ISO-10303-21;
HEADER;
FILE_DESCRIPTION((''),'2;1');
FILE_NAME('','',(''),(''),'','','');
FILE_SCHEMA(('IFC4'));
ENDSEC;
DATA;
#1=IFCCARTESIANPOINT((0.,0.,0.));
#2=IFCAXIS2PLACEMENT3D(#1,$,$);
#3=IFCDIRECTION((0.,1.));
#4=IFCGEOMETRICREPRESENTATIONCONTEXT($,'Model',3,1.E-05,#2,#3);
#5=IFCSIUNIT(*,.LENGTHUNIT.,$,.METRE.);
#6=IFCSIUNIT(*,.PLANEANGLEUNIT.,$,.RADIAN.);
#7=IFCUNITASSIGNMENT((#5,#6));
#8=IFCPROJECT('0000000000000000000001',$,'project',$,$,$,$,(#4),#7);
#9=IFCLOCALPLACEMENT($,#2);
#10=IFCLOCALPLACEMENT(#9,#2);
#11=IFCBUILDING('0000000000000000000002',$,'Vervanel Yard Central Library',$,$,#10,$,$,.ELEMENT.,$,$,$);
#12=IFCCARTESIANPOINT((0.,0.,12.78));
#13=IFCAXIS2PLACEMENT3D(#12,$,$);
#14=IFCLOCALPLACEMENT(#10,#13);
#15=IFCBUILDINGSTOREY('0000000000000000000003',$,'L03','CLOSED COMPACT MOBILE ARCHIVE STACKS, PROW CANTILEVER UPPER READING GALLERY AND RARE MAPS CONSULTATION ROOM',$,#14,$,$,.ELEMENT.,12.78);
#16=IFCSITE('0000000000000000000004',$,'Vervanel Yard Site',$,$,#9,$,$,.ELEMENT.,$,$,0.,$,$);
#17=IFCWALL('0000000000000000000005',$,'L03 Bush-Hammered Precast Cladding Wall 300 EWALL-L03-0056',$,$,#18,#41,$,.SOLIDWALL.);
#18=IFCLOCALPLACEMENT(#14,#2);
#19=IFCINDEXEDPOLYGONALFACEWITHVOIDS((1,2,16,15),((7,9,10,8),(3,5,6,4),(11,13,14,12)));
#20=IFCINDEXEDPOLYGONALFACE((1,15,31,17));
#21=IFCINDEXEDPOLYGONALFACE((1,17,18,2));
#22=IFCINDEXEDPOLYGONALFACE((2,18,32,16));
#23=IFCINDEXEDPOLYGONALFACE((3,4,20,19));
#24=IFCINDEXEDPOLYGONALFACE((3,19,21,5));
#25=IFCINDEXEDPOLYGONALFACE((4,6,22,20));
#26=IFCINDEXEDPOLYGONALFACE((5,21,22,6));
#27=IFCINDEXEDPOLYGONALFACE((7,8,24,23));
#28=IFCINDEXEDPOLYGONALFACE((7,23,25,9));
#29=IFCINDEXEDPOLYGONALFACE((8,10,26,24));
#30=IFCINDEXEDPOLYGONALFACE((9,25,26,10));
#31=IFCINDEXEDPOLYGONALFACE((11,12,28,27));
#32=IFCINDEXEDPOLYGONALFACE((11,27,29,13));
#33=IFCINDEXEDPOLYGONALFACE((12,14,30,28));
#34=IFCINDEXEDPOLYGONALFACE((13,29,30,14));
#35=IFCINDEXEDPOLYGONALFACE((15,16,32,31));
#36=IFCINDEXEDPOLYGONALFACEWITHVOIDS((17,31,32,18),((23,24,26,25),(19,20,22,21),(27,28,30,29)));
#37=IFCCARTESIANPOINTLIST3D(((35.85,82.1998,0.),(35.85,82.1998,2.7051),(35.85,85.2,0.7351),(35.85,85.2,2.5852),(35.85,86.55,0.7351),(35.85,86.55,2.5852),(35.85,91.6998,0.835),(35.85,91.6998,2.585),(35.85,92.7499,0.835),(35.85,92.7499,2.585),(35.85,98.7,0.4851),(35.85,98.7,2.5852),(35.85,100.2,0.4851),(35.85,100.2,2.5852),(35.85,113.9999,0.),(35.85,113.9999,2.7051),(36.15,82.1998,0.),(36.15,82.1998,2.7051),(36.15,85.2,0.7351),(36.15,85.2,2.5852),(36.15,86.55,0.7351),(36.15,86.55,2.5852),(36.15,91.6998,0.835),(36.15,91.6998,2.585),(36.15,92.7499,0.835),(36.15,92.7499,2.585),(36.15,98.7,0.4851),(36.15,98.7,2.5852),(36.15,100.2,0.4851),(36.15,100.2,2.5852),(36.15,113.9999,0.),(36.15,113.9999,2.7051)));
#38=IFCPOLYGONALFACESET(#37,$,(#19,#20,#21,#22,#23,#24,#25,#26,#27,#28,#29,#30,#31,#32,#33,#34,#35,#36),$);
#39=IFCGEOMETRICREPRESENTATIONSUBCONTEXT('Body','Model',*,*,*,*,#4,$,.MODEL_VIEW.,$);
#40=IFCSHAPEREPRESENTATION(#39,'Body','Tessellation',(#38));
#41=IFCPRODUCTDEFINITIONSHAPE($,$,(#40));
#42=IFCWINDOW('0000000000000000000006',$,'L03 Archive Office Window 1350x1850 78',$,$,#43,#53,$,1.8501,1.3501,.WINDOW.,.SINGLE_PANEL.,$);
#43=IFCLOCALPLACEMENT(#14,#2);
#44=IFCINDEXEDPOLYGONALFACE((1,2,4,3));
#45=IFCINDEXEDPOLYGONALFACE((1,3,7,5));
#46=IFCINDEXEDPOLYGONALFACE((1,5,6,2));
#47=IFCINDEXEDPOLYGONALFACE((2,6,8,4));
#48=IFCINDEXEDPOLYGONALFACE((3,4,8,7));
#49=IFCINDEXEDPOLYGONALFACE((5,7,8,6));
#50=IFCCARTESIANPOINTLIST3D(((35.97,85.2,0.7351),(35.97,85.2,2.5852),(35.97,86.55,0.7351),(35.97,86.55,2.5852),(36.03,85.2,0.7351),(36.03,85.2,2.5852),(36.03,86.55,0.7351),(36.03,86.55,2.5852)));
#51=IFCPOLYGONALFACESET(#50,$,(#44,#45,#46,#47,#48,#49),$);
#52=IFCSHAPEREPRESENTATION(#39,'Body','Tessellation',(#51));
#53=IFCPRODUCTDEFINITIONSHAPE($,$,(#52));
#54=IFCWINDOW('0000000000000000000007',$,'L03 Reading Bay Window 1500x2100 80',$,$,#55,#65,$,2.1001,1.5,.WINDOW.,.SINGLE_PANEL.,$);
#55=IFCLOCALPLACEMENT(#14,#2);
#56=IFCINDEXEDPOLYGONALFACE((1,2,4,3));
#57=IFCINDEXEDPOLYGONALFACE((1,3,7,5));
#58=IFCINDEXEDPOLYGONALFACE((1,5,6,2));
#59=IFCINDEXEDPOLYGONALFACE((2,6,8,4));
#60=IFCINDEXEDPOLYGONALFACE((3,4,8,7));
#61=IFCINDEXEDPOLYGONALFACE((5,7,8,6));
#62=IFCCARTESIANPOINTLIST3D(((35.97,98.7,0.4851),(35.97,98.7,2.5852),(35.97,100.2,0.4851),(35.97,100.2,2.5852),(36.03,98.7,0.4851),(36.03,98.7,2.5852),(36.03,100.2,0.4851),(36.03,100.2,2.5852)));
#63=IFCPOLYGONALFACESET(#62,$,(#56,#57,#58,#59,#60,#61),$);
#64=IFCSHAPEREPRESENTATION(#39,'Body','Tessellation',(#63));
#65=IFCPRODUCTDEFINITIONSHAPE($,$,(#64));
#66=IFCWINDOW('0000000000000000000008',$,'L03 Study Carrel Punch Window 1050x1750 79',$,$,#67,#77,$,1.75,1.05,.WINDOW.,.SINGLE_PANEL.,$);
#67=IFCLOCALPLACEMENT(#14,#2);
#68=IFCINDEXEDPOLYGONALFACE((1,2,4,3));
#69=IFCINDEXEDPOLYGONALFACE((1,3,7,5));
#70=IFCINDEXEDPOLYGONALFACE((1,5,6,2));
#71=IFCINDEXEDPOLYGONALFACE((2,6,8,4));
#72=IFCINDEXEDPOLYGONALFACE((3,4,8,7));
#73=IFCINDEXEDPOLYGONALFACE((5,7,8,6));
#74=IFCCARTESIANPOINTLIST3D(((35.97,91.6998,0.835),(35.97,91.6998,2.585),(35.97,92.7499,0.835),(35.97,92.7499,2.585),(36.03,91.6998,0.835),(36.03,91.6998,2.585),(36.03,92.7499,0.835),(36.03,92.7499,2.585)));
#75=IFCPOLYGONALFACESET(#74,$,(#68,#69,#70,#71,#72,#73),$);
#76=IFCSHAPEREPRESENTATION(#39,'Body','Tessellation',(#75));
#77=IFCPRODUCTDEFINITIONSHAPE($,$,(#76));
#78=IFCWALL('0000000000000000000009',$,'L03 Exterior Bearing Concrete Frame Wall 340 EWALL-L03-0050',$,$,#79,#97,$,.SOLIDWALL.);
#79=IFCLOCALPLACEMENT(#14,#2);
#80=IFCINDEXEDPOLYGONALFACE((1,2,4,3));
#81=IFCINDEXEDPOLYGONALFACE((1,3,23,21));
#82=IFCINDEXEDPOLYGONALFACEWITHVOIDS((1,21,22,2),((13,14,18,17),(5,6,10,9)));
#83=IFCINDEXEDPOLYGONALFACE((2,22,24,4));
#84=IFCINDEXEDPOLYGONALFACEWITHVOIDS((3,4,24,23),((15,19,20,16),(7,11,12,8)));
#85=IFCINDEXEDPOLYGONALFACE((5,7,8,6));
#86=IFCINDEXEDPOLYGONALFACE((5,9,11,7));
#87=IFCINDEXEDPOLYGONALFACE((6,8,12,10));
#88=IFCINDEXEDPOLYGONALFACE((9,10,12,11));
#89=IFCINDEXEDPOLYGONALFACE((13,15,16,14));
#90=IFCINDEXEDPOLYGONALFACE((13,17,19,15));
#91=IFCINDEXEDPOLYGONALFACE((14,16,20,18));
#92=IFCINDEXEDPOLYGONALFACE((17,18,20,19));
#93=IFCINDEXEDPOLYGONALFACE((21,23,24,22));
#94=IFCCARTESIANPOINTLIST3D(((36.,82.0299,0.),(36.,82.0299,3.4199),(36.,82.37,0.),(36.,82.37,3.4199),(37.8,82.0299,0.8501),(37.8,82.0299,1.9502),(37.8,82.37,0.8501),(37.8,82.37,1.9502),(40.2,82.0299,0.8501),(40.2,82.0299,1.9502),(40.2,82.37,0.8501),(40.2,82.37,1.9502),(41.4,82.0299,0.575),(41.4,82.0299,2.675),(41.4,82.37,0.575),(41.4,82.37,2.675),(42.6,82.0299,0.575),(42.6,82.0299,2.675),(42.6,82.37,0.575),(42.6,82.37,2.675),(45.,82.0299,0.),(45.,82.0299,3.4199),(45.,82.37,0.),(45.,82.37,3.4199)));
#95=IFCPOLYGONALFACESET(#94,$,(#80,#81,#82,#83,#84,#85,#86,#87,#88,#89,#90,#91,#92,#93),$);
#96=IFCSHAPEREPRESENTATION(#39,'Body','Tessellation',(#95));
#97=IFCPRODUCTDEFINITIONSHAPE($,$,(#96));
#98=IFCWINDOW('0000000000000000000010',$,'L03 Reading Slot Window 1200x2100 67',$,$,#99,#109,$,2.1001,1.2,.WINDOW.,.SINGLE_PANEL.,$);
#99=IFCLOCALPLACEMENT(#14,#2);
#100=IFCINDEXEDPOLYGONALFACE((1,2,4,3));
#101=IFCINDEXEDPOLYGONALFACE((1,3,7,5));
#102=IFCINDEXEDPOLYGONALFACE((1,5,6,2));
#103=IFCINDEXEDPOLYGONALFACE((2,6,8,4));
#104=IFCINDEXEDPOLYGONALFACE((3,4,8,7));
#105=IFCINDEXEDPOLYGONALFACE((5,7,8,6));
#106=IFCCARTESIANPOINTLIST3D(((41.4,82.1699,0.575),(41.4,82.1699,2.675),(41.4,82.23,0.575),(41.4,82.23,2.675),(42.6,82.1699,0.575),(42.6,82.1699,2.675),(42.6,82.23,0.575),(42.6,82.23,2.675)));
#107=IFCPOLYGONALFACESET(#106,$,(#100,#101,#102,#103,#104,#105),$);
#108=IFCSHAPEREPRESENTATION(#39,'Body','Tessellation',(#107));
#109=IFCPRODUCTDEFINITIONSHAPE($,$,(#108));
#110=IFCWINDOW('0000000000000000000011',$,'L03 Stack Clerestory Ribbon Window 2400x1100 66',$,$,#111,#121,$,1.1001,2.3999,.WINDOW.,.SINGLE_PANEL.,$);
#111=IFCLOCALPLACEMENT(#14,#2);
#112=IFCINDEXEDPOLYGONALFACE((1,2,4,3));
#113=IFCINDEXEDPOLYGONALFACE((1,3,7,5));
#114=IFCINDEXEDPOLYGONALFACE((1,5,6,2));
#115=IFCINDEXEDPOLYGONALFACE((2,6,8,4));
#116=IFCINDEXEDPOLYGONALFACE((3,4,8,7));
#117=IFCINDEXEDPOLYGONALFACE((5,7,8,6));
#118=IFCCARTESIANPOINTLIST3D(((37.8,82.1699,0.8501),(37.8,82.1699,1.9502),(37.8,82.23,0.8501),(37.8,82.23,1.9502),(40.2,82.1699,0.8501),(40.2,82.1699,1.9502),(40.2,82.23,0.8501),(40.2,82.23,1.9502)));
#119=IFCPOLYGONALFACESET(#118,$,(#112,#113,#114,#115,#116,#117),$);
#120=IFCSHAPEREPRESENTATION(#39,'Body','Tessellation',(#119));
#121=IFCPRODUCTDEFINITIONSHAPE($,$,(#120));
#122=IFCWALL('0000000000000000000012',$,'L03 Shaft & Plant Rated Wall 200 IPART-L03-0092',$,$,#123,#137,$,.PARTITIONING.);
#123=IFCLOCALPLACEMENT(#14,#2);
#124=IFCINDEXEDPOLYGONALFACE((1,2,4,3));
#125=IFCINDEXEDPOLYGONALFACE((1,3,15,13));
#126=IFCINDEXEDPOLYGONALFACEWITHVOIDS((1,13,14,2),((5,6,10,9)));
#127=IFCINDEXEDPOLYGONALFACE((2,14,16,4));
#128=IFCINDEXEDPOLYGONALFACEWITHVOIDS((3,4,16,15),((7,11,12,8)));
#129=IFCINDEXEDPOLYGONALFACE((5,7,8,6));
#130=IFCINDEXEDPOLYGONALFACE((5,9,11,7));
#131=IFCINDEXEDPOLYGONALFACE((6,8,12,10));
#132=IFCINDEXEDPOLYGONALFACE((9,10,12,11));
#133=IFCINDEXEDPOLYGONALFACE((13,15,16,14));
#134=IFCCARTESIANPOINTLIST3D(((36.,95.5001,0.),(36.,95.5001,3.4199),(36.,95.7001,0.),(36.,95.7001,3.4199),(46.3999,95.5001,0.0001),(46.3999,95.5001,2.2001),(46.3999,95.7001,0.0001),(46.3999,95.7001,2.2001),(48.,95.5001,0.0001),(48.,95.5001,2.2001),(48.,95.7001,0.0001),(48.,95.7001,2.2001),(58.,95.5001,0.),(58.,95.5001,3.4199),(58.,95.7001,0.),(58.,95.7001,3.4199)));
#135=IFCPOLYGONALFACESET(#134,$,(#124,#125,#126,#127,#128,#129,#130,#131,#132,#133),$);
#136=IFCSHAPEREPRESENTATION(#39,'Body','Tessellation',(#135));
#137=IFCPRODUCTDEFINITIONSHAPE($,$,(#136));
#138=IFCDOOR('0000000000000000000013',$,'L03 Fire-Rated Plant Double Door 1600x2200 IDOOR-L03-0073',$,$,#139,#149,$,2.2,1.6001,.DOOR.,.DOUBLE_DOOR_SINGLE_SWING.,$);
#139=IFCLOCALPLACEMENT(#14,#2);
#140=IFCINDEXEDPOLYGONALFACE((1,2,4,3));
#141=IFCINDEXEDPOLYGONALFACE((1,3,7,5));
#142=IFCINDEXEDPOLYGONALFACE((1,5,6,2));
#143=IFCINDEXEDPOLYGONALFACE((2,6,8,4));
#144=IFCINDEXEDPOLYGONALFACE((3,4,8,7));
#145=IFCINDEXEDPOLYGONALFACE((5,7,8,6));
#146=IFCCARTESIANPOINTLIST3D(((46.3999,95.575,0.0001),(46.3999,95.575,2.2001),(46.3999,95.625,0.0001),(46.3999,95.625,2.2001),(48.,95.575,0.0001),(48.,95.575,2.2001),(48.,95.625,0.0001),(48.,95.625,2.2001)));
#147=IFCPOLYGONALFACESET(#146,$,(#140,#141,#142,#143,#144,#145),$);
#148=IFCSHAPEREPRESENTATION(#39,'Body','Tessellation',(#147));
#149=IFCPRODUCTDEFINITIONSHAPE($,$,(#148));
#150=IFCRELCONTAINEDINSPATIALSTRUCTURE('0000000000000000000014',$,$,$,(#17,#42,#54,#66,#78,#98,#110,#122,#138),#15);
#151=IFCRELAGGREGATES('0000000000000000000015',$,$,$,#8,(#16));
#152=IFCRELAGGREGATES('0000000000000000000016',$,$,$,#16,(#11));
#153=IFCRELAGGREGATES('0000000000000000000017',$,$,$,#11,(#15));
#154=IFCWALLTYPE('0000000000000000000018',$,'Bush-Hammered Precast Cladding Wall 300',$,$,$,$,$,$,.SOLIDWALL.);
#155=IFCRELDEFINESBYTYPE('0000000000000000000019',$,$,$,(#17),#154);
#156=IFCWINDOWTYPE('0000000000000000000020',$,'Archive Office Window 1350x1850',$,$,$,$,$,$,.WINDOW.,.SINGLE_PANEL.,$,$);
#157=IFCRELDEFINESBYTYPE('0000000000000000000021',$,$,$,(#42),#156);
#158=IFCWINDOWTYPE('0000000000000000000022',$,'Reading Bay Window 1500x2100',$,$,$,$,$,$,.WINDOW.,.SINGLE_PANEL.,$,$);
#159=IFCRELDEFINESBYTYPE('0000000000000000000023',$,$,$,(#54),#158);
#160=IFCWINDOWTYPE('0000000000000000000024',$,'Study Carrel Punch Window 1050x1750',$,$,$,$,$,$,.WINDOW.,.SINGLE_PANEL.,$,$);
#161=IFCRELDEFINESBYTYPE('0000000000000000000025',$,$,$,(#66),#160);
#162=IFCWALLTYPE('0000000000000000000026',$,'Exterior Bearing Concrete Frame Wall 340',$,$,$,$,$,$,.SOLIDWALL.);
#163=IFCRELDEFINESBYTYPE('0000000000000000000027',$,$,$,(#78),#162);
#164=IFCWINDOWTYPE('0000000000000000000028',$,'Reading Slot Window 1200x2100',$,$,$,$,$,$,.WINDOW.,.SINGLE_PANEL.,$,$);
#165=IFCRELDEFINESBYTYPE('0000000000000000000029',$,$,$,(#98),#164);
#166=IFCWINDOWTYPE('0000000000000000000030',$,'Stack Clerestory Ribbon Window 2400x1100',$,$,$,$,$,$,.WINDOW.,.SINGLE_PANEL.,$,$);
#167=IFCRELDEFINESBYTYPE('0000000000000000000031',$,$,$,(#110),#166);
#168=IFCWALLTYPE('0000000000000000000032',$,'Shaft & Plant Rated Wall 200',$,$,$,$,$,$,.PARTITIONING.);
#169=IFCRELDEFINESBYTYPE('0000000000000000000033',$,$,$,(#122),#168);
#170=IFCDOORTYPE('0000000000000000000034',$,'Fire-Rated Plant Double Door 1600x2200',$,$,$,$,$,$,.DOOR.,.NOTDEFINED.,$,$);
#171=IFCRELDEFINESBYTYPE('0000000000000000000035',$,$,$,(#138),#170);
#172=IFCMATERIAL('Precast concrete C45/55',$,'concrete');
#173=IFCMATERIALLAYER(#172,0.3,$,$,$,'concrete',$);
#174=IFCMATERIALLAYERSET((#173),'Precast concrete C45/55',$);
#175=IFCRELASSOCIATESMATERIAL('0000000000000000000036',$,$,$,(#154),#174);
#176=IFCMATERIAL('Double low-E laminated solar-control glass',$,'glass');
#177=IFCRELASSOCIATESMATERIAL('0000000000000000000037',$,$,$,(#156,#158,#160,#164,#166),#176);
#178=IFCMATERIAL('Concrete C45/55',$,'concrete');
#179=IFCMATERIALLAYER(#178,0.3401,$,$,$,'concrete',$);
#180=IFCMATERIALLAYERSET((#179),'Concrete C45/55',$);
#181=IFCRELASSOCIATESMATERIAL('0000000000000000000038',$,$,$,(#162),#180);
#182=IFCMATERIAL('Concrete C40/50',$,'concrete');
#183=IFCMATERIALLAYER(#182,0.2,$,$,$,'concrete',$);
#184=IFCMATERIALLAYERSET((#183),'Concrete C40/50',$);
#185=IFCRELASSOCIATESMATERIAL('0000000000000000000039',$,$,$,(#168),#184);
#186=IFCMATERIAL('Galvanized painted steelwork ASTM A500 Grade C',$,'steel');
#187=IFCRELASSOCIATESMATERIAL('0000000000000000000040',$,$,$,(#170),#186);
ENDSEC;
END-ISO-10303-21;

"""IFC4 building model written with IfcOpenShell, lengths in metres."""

from ifc_helpers import new_model, si_unit, direction, frame, frame_2d, origin, place, context, subcontext, project, spatial, rectangle, extrude, material, layer, layer_set, type_object, element, fill, save


model = new_model("IFC4")

# Units and contexts
model_context = context("Model", 3, precision=1e-05, world=origin(), true_north=direction((0.0, 1.0)))
body_context = subcontext(model_context, "Body", "Model", "MODEL_VIEW")
ifc_project = project(units=[si_unit("LENGTHUNIT", "METRE"), si_unit("PLANEANGLEUNIT", "RADIAN")], contexts=[model_context])

# Site, building, storey
site_placement = place(None, origin())
site = spatial("IfcSite", under=ifc_project, at=site_placement, Name="Vervanel Yard Site", CompositionType="ELEMENT", RefElevation=0.0)
building_placement = place(site_placement, origin())
building = spatial("IfcBuilding", under=site, at=building_placement, Name="Vervanel Yard Central Library", CompositionType="ELEMENT")
storey_placement = place(building_placement, frame((0.0, 0.0, 12.78)))
storey = spatial("IfcBuildingStorey", under=building, at=storey_placement, Name="L03", Description="CLOSED COMPACT MOBILE ARCHIVE STACKS, PROW CANTILEVER UPPER READING GALLERY AND RARE MAPS CONSULTATION ROOM", CompositionType="ELEMENT", Elevation=12.78)

# Shared definitions
ifc_material_1 = material(Name="Concrete C40/50", Category="concrete")

# Shared definitions
ifc_material_2 = material(Name="Concrete C45/55", Category="concrete")

# Walls, openings, windows
ifc_material_3 = material(Name="Precast concrete C45/55", Category="concrete")
ifc_layer_1 = layer(ifc_material_3, 0.3, Category="concrete")
ifc_layer_set_1 = layer_set([ifc_layer_1], Name="Precast concrete C45/55")
wall_type_1 = type_object("IfcWallType", Name="Bush-Hammered Precast Cladding Wall 300", PredefinedType="SOLIDWALL", material=ifc_layer_set_1)
wall_1_placement = place(storey_placement, frame((36.0, 82.2, 0.0), z_axis=(0.0, 0.0, 1.0), x_axis=(0.0, 1.0, 0.0)))
wall_1 = element("IfcWall", 1, at=wall_1_placement, inside=storey, type_object=wall_type_1, Name="L03 Bush-Hammered Precast Cladding Wall 300 EWALL-L03-0056", PredefinedType="SOLIDWALL", context=body_context, shape_type="SweptSolid", body=[
    extrude(rectangle(XDim=31.8, YDim=0.3, at=frame_2d((15.8999, 0.0))), origin(), (0.0, 0.0, 1.0), 2.7051),
])
opening_1_placement = place(wall_1_placement, frame((3.0, 0.0, 0.7351)))
opening_1 = element("IfcOpeningElement", 2, at=opening_1_placement, cuts=wall_1, PredefinedType="OPENING", context=body_context, shape_type="SweptSolid", body=[
    extrude(rectangle(XDim=1.3501, YDim=1.8501, at=frame_2d((0.675, 0.925))), frame((0.0, 0.1599, 0.0), z_axis=(0.0, -1.0, 0.0), x_axis=(1.0, 0.0, 0.0)), (0.0, 0.0, 1.0), 0.3201),
])
opening_2_placement = place(wall_1_placement, frame((9.5, 0.0, 0.835)))
opening_2 = element("IfcOpeningElement", 3, at=opening_2_placement, cuts=wall_1, PredefinedType="OPENING", context=body_context, shape_type="SweptSolid", body=[
    extrude(rectangle(XDim=1.05, YDim=1.75, at=frame_2d((0.5249, 0.875))), frame((0.0, 0.1599, 0.0), z_axis=(0.0, -1.0, 0.0), x_axis=(1.0, 0.0, 0.0)), (0.0, 0.0, 1.0), 0.3201),
])
opening_3_placement = place(wall_1_placement, frame((16.5, 0.0, 0.4851)))
opening_3 = element("IfcOpeningElement", 4, at=opening_3_placement, cuts=wall_1, PredefinedType="OPENING", context=body_context, shape_type="SweptSolid", body=[
    extrude(rectangle(XDim=1.5, YDim=2.1001, at=frame_2d((0.75, 1.05))), frame((0.0, 0.1599, 0.0), z_axis=(0.0, -1.0, 0.0), x_axis=(1.0, 0.0, 0.0)), (0.0, 0.0, 1.0), 0.3201),
])
ifc_material_4 = material(Name="Double low-E laminated solar-control glass", Category="glass")
window_type_1 = type_object("IfcWindowType", Name="Archive Office Window 1350x1850", PartitioningType="SINGLE_PANEL", PredefinedType="WINDOW", material=ifc_material_4)
window_1_placement = place(opening_1_placement, origin())
window_1 = element("IfcWindow", 5, at=window_1_placement, inside=storey, type_object=window_type_1, Name="L03 Archive Office Window 1350x1850 78", OverallHeight=1.8501, OverallWidth=1.3501, PartitioningType="SINGLE_PANEL", PredefinedType="WINDOW", context=body_context, shape_type="SweptSolid", body=[
    extrude(rectangle(XDim=1.3501, YDim=1.8501, at=frame_2d((0.675, 0.925))), frame((0.0, 0.03, 0.0), z_axis=(0.0, -1.0, 0.0), x_axis=(1.0, 0.0, 0.0)), (0.0, 0.0, 1.0), 0.0601),
])
fill(opening_1, window_1)
window_type_2 = type_object("IfcWindowType", Name="Reading Bay Window 1500x2100", PartitioningType="SINGLE_PANEL", PredefinedType="WINDOW", material=ifc_material_4)
window_2_placement = place(opening_3_placement, origin())
window_2 = element("IfcWindow", 6, at=window_2_placement, inside=storey, type_object=window_type_2, Name="L03 Reading Bay Window 1500x2100 80", OverallHeight=2.1001, OverallWidth=1.5, PartitioningType="SINGLE_PANEL", PredefinedType="WINDOW", context=body_context, shape_type="SweptSolid", body=[
    extrude(rectangle(XDim=1.5, YDim=2.1001, at=frame_2d((0.75, 1.05))), frame((0.0, 0.03, 0.0), z_axis=(0.0, -1.0, 0.0), x_axis=(1.0, 0.0, 0.0)), (0.0, 0.0, 1.0), 0.0601),
])
fill(opening_3, window_2)
window_type_3 = type_object("IfcWindowType", Name="Study Carrel Punch Window 1050x1750", PartitioningType="SINGLE_PANEL", PredefinedType="WINDOW", material=ifc_material_4)
window_3_placement = place(opening_2_placement, origin())
window_3 = element("IfcWindow", 7, at=window_3_placement, inside=storey, type_object=window_type_3, Name="L03 Study Carrel Punch Window 1050x1750 79", OverallHeight=1.75, OverallWidth=1.05, PartitioningType="SINGLE_PANEL", PredefinedType="WINDOW", context=body_context, shape_type="SweptSolid", body=[
    extrude(rectangle(XDim=1.05, YDim=1.75, at=frame_2d((0.5249, 0.875))), frame((0.0, 0.03, 0.0), z_axis=(0.0, -1.0, 0.0), x_axis=(1.0, 0.0, 0.0)), (0.0, 0.0, 1.0), 0.0601),
])
fill(opening_2, window_3)
ifc_layer_2 = layer(ifc_material_2, 0.3401, Category="concrete")
ifc_layer_set_2 = layer_set([ifc_layer_2], Name="Concrete C45/55")
wall_type_2 = type_object("IfcWallType", Name="Exterior Bearing Concrete Frame Wall 340", PredefinedType="SOLIDWALL", material=ifc_layer_set_2)
wall_2_placement = place(storey_placement, frame((36.0, 82.2, 0.0), z_axis=(0.0, 0.0, 1.0), x_axis=(1.0, 0.0, 0.0)))
wall_2 = element("IfcWall", 8, at=wall_2_placement, inside=storey, type_object=wall_type_2, Name="L03 Exterior Bearing Concrete Frame Wall 340 EWALL-L03-0050", PredefinedType="SOLIDWALL", context=body_context, shape_type="SweptSolid", body=[
    extrude(rectangle(XDim=9.0, YDim=0.3401, at=frame_2d((4.5, 0.0))), origin(), (0.0, 0.0, 1.0), 3.4199),
])
opening_4_placement = place(wall_2_placement, frame((1.8, 0.0, 0.8501)))
opening_4 = element("IfcOpeningElement", 9, at=opening_4_placement, cuts=wall_2, PredefinedType="OPENING", context=body_context, shape_type="SweptSolid", body=[
    extrude(rectangle(XDim=2.3999, YDim=1.1001, at=frame_2d((1.2, 0.55))), frame((0.0, 0.1799, 0.0), z_axis=(0.0, -1.0, 0.0), x_axis=(1.0, 0.0, 0.0)), (0.0, 0.0, 1.0), 0.3601),
])
opening_5_placement = place(wall_2_placement, frame((5.3999, 0.0, 0.575)))
opening_5 = element("IfcOpeningElement", 10, at=opening_5_placement, cuts=wall_2, PredefinedType="OPENING", context=body_context, shape_type="SweptSolid", body=[
    extrude(rectangle(XDim=1.2, YDim=2.1001, at=frame_2d((0.6001, 1.05))), frame((0.0, 0.1799, 0.0), z_axis=(0.0, -1.0, 0.0), x_axis=(1.0, 0.0, 0.0)), (0.0, 0.0, 1.0), 0.3601),
])
window_type_4 = type_object("IfcWindowType", Name="Reading Slot Window 1200x2100", PartitioningType="SINGLE_PANEL", PredefinedType="WINDOW", material=ifc_material_4)
window_4_placement = place(opening_5_placement, origin())
window_4 = element("IfcWindow", 11, at=window_4_placement, inside=storey, type_object=window_type_4, Name="L03 Reading Slot Window 1200x2100 67", OverallHeight=2.1001, OverallWidth=1.2, PartitioningType="SINGLE_PANEL", PredefinedType="WINDOW", context=body_context, shape_type="SweptSolid", body=[
    extrude(rectangle(XDim=1.2, YDim=2.1001, at=frame_2d((0.6001, 1.05))), frame((0.0, 0.03, 0.0), z_axis=(0.0, -1.0, 0.0), x_axis=(1.0, 0.0, 0.0)), (0.0, 0.0, 1.0), 0.0601),
])
fill(opening_5, window_4)
window_type_5 = type_object("IfcWindowType", Name="Stack Clerestory Ribbon Window 2400x1100", PartitioningType="SINGLE_PANEL", PredefinedType="WINDOW", material=ifc_material_4)
window_5_placement = place(opening_4_placement, origin())
window_5 = element("IfcWindow", 12, at=window_5_placement, inside=storey, type_object=window_type_5, Name="L03 Stack Clerestory Ribbon Window 2400x1100 66", OverallHeight=1.1001, OverallWidth=2.3999, PartitioningType="SINGLE_PANEL", PredefinedType="WINDOW", context=body_context, shape_type="SweptSolid", body=[
    extrude(rectangle(XDim=2.3999, YDim=1.1001, at=frame_2d((1.2, 0.55))), frame((0.0, 0.03, 0.0), z_axis=(0.0, -1.0, 0.0), x_axis=(1.0, 0.0, 0.0)), (0.0, 0.0, 1.0), 0.0601),
])
fill(opening_4, window_5)

# Wall, opening, door
ifc_layer_3 = layer(ifc_material_1, 0.2, Category="concrete")
ifc_layer_set_3 = layer_set([ifc_layer_3], Name="Concrete C40/50")
wall_type_3 = type_object("IfcWallType", Name="Shaft & Plant Rated Wall 200", PredefinedType="PARTITIONING", material=ifc_layer_set_3)
wall_3_placement = place(storey_placement, frame((36.0, 95.6001, 0.0), z_axis=(0.0, 0.0, 1.0), x_axis=(1.0, 0.0, 0.0)))
wall_3 = element("IfcWall", 13, at=wall_3_placement, inside=storey, type_object=wall_type_3, Name="L03 Shaft & Plant Rated Wall 200 IPART-L03-0092", PredefinedType="PARTITIONING", context=body_context, shape_type="SweptSolid", body=[
    extrude(rectangle(XDim=22.0, YDim=0.2, at=frame_2d((11.0, 0.0))), origin(), (0.0, 0.0, 1.0), 3.4199),
])
opening_6_placement = place(wall_3_placement, frame((10.3999, 0.0, 0.0)))
opening_6 = element("IfcOpeningElement", 14, at=opening_6_placement, cuts=wall_3, PredefinedType="OPENING", context=body_context, shape_type="SweptSolid", body=[
    extrude(rectangle(XDim=1.6001, YDim=2.2, at=frame_2d((0.8, 1.1001))), frame((0.0, 0.1099, 0.0), z_axis=(0.0, -1.0, 0.0), x_axis=(1.0, 0.0, 0.0)), (0.0, 0.0, 1.0), 0.22),
])
ifc_material_5 = material(Name="Galvanized painted steelwork ASTM A500 Grade C", Category="steel")
door_type = type_object("IfcDoorType", Name="Fire-Rated Plant Double Door 1600x2200", OperationType="NOTDEFINED", PredefinedType="DOOR", material=ifc_material_5)
door_placement = place(opening_6_placement, origin())
door = element("IfcDoor", 15, at=door_placement, inside=storey, type_object=door_type, Name="L03 Fire-Rated Plant Double Door 1600x2200 IDOOR-L03-0073", OperationType="DOUBLE_DOOR_SINGLE_SWING", OverallHeight=2.2, OverallWidth=1.6001, PredefinedType="DOOR", context=body_context, shape_type="SweptSolid", body=[
    extrude(rectangle(XDim=1.6001, YDim=2.2, at=frame_2d((0.8, 1.1001))), frame((0.0, 0.0249, 0.0), z_axis=(0.0, -1.0, 0.0), x_axis=(1.0, 0.0, 0.0)), (0.0, 0.0, 1.0), 0.05),
])
fill(opening_6, door)

save(model, "model.ifc")
